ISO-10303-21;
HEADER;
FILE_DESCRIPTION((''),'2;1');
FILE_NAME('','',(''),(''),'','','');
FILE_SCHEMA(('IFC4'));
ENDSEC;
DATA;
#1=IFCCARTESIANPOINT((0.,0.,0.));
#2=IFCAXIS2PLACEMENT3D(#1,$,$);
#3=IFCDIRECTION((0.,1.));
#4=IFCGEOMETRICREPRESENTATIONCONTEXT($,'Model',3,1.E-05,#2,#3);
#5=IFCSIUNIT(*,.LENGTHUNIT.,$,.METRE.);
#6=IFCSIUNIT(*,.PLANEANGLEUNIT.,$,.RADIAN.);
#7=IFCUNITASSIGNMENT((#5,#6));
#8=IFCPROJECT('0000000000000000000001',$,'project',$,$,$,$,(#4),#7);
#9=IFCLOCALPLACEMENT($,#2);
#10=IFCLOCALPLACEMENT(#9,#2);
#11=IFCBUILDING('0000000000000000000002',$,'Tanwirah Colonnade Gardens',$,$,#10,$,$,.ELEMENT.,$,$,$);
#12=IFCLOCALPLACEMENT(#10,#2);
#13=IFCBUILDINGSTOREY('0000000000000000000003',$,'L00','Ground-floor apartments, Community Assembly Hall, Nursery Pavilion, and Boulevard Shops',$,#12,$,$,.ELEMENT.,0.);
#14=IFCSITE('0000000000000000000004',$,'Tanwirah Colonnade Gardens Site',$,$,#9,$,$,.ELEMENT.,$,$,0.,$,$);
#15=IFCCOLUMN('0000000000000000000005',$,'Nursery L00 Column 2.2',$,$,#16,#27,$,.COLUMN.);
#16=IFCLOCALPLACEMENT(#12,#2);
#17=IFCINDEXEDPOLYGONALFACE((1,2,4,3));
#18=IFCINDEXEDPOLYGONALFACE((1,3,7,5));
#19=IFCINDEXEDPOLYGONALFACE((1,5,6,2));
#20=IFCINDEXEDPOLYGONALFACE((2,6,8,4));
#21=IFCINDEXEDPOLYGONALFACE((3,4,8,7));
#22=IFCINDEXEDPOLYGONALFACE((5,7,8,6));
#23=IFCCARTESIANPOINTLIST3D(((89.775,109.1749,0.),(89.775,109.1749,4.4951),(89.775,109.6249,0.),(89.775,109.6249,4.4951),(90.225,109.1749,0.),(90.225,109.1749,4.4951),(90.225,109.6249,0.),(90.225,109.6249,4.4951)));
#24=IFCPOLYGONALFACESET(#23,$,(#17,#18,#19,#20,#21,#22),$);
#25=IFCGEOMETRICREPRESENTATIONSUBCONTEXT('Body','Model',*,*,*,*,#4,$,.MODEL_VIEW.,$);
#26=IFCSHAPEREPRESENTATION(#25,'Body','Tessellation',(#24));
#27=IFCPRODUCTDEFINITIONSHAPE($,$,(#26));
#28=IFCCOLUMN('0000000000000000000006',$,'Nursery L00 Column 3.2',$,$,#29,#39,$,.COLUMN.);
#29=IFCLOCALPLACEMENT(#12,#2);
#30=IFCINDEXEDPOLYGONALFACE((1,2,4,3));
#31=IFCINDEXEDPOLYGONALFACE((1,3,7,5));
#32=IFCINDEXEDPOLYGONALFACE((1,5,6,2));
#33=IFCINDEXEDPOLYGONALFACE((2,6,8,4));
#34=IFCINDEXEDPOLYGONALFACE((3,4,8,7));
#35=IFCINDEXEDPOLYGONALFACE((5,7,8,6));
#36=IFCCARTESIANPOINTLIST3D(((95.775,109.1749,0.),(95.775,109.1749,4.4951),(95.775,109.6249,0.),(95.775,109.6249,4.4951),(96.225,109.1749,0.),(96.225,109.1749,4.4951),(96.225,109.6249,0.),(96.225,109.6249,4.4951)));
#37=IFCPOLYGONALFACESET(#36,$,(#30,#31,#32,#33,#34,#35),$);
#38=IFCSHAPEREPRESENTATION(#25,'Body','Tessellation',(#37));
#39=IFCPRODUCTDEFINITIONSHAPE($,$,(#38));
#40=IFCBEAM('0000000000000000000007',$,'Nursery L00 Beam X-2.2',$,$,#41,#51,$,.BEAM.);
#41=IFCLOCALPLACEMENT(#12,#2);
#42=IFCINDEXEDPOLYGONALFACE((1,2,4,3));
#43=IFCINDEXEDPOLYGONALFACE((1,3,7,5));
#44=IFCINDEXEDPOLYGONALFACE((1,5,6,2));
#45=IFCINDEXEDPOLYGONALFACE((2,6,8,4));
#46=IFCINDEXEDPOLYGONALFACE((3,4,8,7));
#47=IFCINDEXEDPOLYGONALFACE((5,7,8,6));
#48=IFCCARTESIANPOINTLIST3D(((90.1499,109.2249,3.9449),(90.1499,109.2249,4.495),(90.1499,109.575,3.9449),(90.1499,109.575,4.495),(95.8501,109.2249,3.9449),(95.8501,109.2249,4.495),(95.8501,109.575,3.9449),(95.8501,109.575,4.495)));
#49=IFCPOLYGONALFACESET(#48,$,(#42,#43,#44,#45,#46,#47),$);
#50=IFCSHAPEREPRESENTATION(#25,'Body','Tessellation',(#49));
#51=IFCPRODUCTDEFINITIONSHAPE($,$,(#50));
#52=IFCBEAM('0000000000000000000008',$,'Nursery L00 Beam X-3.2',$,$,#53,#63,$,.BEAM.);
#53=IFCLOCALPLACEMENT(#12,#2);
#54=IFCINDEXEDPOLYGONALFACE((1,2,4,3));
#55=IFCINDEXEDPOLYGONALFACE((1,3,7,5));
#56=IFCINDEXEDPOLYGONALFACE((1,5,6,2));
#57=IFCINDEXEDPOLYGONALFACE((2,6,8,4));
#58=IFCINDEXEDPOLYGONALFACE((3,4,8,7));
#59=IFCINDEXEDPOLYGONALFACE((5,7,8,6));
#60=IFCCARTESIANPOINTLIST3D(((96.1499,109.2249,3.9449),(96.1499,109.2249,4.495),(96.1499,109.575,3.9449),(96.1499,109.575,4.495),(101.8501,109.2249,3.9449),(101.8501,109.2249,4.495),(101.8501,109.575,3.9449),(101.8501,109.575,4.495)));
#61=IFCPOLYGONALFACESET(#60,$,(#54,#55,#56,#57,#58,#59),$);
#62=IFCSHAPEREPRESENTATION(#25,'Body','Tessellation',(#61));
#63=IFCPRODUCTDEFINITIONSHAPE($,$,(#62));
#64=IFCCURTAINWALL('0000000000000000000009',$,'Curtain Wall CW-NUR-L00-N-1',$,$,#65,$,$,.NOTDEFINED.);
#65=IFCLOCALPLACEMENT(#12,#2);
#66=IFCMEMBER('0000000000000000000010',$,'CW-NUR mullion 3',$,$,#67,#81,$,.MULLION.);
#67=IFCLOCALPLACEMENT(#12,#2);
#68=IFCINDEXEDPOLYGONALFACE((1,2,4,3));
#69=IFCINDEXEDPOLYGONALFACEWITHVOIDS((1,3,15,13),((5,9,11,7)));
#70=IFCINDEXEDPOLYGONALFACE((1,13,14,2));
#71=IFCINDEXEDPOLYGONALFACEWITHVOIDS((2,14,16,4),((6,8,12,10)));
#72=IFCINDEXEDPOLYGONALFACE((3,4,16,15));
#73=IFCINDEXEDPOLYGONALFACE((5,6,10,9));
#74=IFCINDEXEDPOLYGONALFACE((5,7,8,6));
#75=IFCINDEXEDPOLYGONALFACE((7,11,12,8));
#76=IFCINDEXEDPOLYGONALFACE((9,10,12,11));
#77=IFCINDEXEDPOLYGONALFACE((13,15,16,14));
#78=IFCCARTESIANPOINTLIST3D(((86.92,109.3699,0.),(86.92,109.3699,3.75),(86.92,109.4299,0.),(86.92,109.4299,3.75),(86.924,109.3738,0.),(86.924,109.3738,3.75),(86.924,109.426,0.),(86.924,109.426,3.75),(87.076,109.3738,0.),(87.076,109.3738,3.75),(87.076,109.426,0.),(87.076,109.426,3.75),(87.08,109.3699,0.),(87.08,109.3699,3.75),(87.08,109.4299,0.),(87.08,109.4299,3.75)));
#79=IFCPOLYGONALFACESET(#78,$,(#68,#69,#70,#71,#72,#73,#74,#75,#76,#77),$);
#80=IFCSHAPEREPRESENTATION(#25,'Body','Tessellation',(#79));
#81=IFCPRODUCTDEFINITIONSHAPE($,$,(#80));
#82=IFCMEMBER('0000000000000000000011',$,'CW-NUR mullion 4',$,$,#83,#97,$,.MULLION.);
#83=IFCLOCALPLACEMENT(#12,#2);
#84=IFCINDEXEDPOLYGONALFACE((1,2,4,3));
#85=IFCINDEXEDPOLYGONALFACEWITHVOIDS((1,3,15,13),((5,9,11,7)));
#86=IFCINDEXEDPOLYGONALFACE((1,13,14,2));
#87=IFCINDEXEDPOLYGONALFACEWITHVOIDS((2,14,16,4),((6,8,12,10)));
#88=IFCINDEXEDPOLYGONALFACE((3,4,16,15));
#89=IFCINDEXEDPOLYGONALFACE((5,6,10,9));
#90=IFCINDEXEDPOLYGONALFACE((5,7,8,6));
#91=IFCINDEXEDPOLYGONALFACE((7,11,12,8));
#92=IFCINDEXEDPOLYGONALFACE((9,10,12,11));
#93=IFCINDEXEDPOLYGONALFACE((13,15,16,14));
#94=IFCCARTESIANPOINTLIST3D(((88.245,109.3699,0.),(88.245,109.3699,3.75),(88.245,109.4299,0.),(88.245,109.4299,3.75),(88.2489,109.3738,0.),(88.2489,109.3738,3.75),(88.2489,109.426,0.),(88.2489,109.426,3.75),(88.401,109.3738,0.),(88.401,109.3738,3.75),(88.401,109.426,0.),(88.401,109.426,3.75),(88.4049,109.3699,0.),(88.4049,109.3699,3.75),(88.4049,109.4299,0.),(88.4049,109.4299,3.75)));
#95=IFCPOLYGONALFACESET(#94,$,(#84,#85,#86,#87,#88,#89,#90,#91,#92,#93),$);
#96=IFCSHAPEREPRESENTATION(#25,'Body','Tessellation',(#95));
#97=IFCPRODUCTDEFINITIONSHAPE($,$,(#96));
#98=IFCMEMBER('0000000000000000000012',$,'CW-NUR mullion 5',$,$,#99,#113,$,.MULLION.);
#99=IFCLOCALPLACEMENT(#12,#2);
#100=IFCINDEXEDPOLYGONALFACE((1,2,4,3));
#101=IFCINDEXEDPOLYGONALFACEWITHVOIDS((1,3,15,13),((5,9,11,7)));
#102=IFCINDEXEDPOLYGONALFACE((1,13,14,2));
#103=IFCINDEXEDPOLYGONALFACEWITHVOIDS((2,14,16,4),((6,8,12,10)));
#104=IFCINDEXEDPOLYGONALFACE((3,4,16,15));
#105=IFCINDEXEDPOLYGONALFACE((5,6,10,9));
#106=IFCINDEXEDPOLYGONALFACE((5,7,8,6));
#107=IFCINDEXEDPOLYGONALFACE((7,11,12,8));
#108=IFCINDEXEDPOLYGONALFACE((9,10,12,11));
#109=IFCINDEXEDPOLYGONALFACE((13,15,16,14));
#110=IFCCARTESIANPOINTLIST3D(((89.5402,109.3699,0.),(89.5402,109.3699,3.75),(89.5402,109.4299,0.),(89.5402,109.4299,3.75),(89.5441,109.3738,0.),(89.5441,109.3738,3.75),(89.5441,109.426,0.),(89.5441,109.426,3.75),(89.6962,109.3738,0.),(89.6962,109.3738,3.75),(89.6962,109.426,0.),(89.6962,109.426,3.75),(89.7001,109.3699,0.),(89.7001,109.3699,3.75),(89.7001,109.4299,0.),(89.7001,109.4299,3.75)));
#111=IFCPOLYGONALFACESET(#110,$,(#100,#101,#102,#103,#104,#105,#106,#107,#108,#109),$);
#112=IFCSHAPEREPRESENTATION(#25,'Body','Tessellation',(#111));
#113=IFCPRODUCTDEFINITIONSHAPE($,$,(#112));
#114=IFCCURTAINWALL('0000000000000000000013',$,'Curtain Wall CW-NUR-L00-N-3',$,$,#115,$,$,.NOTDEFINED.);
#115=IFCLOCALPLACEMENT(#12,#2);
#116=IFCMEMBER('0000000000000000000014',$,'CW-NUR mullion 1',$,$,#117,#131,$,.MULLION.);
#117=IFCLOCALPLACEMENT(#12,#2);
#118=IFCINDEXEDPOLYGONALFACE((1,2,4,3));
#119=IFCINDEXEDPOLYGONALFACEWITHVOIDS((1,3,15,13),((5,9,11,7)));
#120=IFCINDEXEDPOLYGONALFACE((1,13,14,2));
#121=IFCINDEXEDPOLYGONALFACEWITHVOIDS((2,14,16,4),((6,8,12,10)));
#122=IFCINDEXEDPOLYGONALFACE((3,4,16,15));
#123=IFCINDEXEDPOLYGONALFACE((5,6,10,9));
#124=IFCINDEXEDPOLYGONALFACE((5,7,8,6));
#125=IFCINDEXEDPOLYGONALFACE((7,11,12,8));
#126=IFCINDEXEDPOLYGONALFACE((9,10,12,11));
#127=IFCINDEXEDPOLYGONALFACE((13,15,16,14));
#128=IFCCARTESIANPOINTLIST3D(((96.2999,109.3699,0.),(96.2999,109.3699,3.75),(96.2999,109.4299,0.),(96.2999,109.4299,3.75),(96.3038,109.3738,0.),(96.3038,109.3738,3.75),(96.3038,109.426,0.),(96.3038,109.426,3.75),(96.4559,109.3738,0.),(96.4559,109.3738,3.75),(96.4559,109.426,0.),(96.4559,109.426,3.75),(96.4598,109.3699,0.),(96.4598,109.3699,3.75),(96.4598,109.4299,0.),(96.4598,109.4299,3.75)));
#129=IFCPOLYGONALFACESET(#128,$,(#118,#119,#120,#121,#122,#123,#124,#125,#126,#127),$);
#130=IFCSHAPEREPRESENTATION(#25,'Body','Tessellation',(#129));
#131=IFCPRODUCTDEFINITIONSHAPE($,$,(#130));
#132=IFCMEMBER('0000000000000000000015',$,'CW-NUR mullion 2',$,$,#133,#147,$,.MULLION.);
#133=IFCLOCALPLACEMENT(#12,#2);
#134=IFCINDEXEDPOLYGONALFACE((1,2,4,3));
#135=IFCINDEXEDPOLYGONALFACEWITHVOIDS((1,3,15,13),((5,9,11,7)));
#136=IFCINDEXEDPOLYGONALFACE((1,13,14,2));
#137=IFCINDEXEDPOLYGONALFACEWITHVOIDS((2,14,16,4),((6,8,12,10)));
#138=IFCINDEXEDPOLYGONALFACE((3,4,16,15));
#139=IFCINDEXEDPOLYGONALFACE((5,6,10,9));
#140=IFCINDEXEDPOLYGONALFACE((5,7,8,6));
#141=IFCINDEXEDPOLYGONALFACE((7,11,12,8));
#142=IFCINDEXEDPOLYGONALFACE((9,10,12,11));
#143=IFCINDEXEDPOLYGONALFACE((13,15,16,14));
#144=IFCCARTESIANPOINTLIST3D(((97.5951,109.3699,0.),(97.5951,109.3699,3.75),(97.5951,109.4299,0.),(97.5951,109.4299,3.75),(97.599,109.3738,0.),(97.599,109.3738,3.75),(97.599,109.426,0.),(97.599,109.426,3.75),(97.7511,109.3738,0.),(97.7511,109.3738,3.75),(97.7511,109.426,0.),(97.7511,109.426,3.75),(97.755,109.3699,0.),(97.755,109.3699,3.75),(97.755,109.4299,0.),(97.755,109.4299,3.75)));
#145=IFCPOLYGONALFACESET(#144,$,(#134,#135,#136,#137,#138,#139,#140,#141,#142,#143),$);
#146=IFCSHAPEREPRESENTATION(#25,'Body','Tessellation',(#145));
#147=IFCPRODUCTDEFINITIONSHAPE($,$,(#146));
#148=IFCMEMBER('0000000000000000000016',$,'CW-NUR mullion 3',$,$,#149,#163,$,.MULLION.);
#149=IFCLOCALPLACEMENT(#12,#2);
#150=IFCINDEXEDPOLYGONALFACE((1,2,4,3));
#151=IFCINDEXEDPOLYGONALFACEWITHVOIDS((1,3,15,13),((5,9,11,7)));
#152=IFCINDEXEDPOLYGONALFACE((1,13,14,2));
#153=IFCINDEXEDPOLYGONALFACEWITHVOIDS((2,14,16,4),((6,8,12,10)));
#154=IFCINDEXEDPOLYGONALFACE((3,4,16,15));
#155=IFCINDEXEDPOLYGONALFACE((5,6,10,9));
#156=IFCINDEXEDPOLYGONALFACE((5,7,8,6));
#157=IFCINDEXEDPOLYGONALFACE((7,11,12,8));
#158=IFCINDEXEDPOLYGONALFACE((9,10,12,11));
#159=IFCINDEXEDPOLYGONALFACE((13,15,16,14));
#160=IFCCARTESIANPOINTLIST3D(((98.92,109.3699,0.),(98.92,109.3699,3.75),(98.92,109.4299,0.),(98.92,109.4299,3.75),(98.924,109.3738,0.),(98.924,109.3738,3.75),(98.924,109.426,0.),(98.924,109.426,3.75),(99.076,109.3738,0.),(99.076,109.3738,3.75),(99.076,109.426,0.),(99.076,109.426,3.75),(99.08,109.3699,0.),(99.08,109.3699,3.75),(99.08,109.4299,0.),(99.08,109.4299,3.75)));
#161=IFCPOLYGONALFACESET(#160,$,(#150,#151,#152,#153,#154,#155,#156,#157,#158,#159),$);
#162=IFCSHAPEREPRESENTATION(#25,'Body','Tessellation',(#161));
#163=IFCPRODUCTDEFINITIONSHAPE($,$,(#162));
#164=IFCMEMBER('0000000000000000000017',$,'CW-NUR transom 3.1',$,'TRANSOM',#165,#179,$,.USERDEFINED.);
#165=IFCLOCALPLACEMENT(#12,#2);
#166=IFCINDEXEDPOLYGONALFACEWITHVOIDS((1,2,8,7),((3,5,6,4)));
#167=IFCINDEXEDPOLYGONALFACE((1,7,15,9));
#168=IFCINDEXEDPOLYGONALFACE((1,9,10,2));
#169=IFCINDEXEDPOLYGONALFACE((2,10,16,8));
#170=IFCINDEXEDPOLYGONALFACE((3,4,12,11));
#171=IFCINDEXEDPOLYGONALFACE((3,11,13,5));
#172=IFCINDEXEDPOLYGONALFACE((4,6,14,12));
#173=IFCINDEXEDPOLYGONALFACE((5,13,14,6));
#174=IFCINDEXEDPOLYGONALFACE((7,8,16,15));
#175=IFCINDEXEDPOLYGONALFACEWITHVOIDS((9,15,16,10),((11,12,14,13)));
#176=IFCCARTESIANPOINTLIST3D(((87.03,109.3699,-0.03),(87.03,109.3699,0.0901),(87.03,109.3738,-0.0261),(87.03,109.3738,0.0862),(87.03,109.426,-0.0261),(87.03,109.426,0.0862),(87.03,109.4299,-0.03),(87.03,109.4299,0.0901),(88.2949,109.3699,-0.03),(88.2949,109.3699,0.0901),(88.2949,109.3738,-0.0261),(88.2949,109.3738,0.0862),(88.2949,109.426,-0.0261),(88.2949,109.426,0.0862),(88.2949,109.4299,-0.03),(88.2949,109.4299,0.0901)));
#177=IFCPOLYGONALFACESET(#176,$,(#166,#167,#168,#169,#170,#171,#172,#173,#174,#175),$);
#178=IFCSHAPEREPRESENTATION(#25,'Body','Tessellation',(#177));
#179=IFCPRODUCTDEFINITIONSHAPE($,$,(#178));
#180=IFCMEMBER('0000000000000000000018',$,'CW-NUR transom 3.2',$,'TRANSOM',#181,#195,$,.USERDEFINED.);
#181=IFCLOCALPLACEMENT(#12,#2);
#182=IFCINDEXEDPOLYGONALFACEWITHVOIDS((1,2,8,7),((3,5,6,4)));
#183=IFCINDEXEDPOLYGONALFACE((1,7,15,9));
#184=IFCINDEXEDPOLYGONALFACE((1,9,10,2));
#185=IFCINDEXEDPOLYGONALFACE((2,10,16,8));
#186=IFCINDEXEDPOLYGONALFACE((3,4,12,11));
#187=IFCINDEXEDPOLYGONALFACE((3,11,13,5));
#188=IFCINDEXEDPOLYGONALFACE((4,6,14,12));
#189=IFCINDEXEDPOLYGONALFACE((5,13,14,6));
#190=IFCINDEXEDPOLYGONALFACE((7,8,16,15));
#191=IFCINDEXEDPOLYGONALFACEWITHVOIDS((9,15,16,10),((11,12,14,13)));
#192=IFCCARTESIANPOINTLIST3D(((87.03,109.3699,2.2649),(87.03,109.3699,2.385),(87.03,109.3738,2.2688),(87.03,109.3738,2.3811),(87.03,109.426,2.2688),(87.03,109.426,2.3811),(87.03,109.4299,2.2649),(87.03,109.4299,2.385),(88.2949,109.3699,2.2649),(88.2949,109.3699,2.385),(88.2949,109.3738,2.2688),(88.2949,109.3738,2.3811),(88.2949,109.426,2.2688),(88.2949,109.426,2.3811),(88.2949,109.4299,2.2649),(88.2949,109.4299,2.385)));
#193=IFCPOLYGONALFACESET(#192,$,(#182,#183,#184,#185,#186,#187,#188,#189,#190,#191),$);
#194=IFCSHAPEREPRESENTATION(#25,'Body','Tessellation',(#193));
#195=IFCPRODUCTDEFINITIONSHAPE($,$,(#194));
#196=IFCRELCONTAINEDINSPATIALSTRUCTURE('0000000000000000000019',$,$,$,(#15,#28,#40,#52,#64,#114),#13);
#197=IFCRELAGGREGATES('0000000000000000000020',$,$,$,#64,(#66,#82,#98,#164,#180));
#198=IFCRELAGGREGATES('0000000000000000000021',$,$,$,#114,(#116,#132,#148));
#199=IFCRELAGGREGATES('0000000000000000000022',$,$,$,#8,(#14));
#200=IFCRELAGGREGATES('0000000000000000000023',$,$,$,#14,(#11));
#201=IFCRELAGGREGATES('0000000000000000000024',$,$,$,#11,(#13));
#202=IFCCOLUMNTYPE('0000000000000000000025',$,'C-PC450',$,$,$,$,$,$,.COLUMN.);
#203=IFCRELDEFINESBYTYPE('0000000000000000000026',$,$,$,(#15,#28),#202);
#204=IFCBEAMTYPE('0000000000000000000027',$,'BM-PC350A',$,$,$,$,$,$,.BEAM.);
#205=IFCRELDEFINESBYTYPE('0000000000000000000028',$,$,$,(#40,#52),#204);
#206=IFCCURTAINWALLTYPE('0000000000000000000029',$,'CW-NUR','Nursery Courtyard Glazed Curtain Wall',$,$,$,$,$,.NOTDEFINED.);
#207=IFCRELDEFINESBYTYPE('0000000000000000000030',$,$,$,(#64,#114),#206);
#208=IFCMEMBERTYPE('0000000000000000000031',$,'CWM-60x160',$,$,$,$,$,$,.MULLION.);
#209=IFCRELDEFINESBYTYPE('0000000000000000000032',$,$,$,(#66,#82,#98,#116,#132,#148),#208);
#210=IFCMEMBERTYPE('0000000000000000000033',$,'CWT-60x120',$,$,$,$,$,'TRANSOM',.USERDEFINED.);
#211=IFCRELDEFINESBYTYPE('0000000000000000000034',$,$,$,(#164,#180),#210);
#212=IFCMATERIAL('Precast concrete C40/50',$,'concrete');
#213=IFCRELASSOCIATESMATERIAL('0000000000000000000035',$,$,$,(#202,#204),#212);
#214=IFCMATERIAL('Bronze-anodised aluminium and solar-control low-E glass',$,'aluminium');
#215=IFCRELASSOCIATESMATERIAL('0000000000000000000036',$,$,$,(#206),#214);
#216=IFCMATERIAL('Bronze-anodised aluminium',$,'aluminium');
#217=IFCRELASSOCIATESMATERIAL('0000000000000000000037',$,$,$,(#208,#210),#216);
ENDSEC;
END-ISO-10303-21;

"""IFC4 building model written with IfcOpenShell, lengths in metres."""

from ifc_helpers import new_model, si_unit, direction, frame, origin, origin_2d, place, context, subcontext, project, spatial, rectangle, hollow_rectangle, extrude, material, material_profile, profile_set, type_object, element, aggregate, save


model = new_model("IFC4")

# Units and contexts
model_context = context("Model", 3, precision=1e-05, world=origin(), true_north=direction((0.0, 1.0)))
body_context = subcontext(model_context, "Body", "Model", "MODEL_VIEW")
ifc_project = project(units=[si_unit("LENGTHUNIT", "METRE"), si_unit("PLANEANGLEUNIT", "RADIAN")], contexts=[model_context])

# Site, building, storey
site_placement = place(None, origin())
site = spatial("IfcSite", under=ifc_project, at=site_placement, Name="Tanwirah Colonnade Gardens Site", CompositionType="ELEMENT", RefElevation=0.0)
building_placement = place(site_placement, origin())
building = spatial("IfcBuilding", under=site, at=building_placement, Name="Tanwirah Colonnade Gardens", CompositionType="ELEMENT")
storey_placement = place(building_placement, origin())
storey = spatial("IfcBuildingStorey", under=building, at=storey_placement, Name="L00", Description="Ground-floor apartments, Community Assembly Hall, Nursery Pavilion, and Boulevard Shops", CompositionType="ELEMENT", Elevation=0.0)

# Columns
ifc_material_1 = material(Name="Precast concrete C40/50", Category="concrete")
ifc_material_profile_1 = material_profile(ifc_material_1, rectangle(XDim=0.45, YDim=0.45, at=origin_2d()), Name="PC-COL 450x450")
ifc_profile_set_1 = profile_set([ifc_material_profile_1], Name="Precast concrete C40/50")
column_type = type_object("IfcColumnType", Name="C-PC450", PredefinedType="COLUMN", material=ifc_profile_set_1)
for number, where, z_axis, x_axis, name in (
    (1, (90.0, 109.3999, 0.0), (0.0, 0.0, 1.0), (1.0, 0.0, 0.0), "Nursery L00 Column 2.2"),
    (2, (96.0, 109.3999, 0.0), (0.0, 0.0, 1.0), (1.0, 0.0, 0.0), "Nursery L00 Column 3.2"),
):
    element("IfcColumn", number, at=place(storey_placement, frame(where, z_axis=z_axis, x_axis=x_axis)), inside=storey, type_object=column_type, Name=name, PredefinedType="COLUMN", context=body_context, shape_type="SweptSolid", body=[
        extrude(rectangle(XDim=0.45, YDim=0.45, at=origin_2d()), origin(), (0.0, 0.0, 1.0), 4.4951),
    ])

# Beams
ifc_material_profile_2 = material_profile(ifc_material_1, rectangle(XDim=0.3501, YDim=0.55, at=origin_2d()), Name="PC-BM 350x550")
ifc_profile_set_2 = profile_set([ifc_material_profile_2], Name="Precast concrete C40/50")
beam_type = type_object("IfcBeamType", Name="BM-PC350A", PredefinedType="BEAM", material=ifc_profile_set_2)
for number, where, z_axis, x_axis, name in (
    (3, (90.1499, 109.3999, 4.22), (1.0, 0.0, 0.0), (0.0, 1.0, 0.0), "Nursery L00 Beam X-2.2"),
    (4, (96.1499, 109.3999, 4.22), (1.0, 0.0, 0.0), (0.0, 1.0, 0.0), "Nursery L00 Beam X-3.2"),
):
    element("IfcBeam", number, at=place(storey_placement, frame(where, z_axis=z_axis, x_axis=x_axis)), inside=storey, type_object=beam_type, Name=name, PredefinedType="BEAM", context=body_context, shape_type="SweptSolid", body=[
        extrude(rectangle(XDim=0.3501, YDim=0.55, at=origin_2d()), origin(), (0.0, 0.0, 1.0), 5.7002),
    ])

# Curtain walls, members
ifc_material_2 = material(Name="Bronze-anodised aluminium and solar-control low-E glass", Category="aluminium")
curtain_wall_type = type_object("IfcCurtainWallType", Name="CW-NUR", Description="Nursery Courtyard Glazed Curtain Wall", PredefinedType="NOTDEFINED", material=ifc_material_2)
curtain_wall_1_placement = place(storey_placement, origin())
curtain_wall_1 = element("IfcCurtainWall", 5, at=curtain_wall_1_placement, inside=storey, type_object=curtain_wall_type, Name="Curtain Wall CW-NUR-L00-N-1", PredefinedType="NOTDEFINED")
ifc_material_3 = material(Name="Bronze-anodised aluminium", Category="aluminium")
ifc_material_profile_3 = material_profile(ifc_material_3, hollow_rectangle(XDim=0.0601, YDim=0.1599, WallThickness=0.0039, at=origin_2d()), Name="CW-MUL 60x160x4")
ifc_profile_set_3 = profile_set([ifc_material_profile_3], Name="Bronze-anodised aluminium")
member_type_1 = type_object("IfcMemberType", Name="CWM-60x160", PredefinedType="MULLION", material=ifc_profile_set_3)
member_1_placement = place(storey_placement, frame((87.0, 109.3999, 0.0), z_axis=(0.0, 0.0, 1.0), x_axis=(0.0, 1.0, 0.0)))
member_1 = element("IfcMember", 6, at=member_1_placement, type_object=member_type_1, Name="CW-NUR mullion 3", PredefinedType="MULLION", context=body_context, shape_type="SweptSolid", body=[
    extrude(hollow_rectangle(XDim=0.0601, YDim=0.1599, WallThickness=0.0039, at=origin_2d()), origin(), (0.0, 0.0, 1.0), 3.75),
])
member_2_placement = place(storey_placement, frame((88.325, 109.3999, 0.0), z_axis=(0.0, 0.0, 1.0), x_axis=(0.0, 1.0, 0.0)))
member_2 = element("IfcMember", 7, at=member_2_placement, type_object=member_type_1, Name="CW-NUR mullion 4", PredefinedType="MULLION", context=body_context, shape_type="SweptSolid", body=[
    extrude(hollow_rectangle(XDim=0.0601, YDim=0.1599, WallThickness=0.0039, at=origin_2d()), origin(), (0.0, 0.0, 1.0), 3.75),
])
member_3_placement = place(storey_placement, frame((89.6201, 109.3999, 0.0), z_axis=(0.0, 0.0, 1.0), x_axis=(0.0, 1.0, 0.0)))
member_3 = element("IfcMember", 8, at=member_3_placement, type_object=member_type_1, Name="CW-NUR mullion 5", PredefinedType="MULLION", context=body_context, shape_type="SweptSolid", body=[
    extrude(hollow_rectangle(XDim=0.0601, YDim=0.1599, WallThickness=0.0039, at=origin_2d()), origin(), (0.0, 0.0, 1.0), 3.75),
])
curtain_wall_2_placement = place(storey_placement, origin())
curtain_wall_2 = element("IfcCurtainWall", 9, at=curtain_wall_2_placement, inside=storey, type_object=curtain_wall_type, Name="Curtain Wall CW-NUR-L00-N-3", PredefinedType="NOTDEFINED")
member_4_placement = place(storey_placement, frame((96.3799, 109.3999, 0.0), z_axis=(0.0, 0.0, 1.0), x_axis=(0.0, 1.0, 0.0)))
member_4 = element("IfcMember", 10, at=member_4_placement, type_object=member_type_1, Name="CW-NUR mullion 1", PredefinedType="MULLION", context=body_context, shape_type="SweptSolid", body=[
    extrude(hollow_rectangle(XDim=0.0601, YDim=0.1599, WallThickness=0.0039, at=origin_2d()), origin(), (0.0, 0.0, 1.0), 3.75),
])
member_5_placement = place(storey_placement, frame((97.675, 109.3999, 0.0), z_axis=(0.0, 0.0, 1.0), x_axis=(0.0, 1.0, 0.0)))
member_5 = element("IfcMember", 11, at=member_5_placement, type_object=member_type_1, Name="CW-NUR mullion 2", PredefinedType="MULLION", context=body_context, shape_type="SweptSolid", body=[
    extrude(hollow_rectangle(XDim=0.0601, YDim=0.1599, WallThickness=0.0039, at=origin_2d()), origin(), (0.0, 0.0, 1.0), 3.75),
])
member_6_placement = place(storey_placement, frame((99.0, 109.3999, 0.0), z_axis=(0.0, 0.0, 1.0), x_axis=(0.0, 1.0, 0.0)))
member_6 = element("IfcMember", 12, at=member_6_placement, type_object=member_type_1, Name="CW-NUR mullion 3", PredefinedType="MULLION", context=body_context, shape_type="SweptSolid", body=[
    extrude(hollow_rectangle(XDim=0.0601, YDim=0.1599, WallThickness=0.0039, at=origin_2d()), origin(), (0.0, 0.0, 1.0), 3.75),
])

# Members
ifc_material_profile_4 = material_profile(ifc_material_3, hollow_rectangle(XDim=0.0601, YDim=0.1201, WallThickness=0.0039, at=origin_2d()), Name="CW-TRN 60x120x4")
ifc_profile_set_4 = profile_set([ifc_material_profile_4], Name="Bronze-anodised aluminium")
member_type_2 = type_object("IfcMemberType", Name="CWT-60x120", ElementType="TRANSOM", PredefinedType="USERDEFINED", material=ifc_profile_set_4)
member_7_placement = place(storey_placement, frame((87.03, 109.3999, 0.03), z_axis=(1.0, 0.0, 0.0), x_axis=(0.0, 1.0, 0.0)))
member_7 = element("IfcMember", 13, at=member_7_placement, type_object=member_type_2, Name="CW-NUR transom 3.1", ObjectType="TRANSOM", PredefinedType="USERDEFINED", context=body_context, shape_type="SweptSolid", body=[
    extrude(hollow_rectangle(XDim=0.0601, YDim=0.1201, WallThickness=0.0039, at=origin_2d()), origin(), (0.0, 0.0, 1.0), 1.2649),
])
member_8_placement = place(storey_placement, frame((87.03, 109.3999, 2.325), z_axis=(1.0, 0.0, 0.0), x_axis=(0.0, 1.0, 0.0)))
member_8 = element("IfcMember", 14, at=member_8_placement, type_object=member_type_2, Name="CW-NUR transom 3.2", ObjectType="TRANSOM", PredefinedType="USERDEFINED", context=body_context, shape_type="SweptSolid", body=[
    extrude(hollow_rectangle(XDim=0.0601, YDim=0.1201, WallThickness=0.0039, at=origin_2d()), origin(), (0.0, 0.0, 1.0), 1.2649),
])

aggregate(curtain_wall_1, [member_1, member_2, member_3, member_7, member_8])
aggregate(curtain_wall_2, [member_4, member_5, member_6])

save(model, "model.ifc")
